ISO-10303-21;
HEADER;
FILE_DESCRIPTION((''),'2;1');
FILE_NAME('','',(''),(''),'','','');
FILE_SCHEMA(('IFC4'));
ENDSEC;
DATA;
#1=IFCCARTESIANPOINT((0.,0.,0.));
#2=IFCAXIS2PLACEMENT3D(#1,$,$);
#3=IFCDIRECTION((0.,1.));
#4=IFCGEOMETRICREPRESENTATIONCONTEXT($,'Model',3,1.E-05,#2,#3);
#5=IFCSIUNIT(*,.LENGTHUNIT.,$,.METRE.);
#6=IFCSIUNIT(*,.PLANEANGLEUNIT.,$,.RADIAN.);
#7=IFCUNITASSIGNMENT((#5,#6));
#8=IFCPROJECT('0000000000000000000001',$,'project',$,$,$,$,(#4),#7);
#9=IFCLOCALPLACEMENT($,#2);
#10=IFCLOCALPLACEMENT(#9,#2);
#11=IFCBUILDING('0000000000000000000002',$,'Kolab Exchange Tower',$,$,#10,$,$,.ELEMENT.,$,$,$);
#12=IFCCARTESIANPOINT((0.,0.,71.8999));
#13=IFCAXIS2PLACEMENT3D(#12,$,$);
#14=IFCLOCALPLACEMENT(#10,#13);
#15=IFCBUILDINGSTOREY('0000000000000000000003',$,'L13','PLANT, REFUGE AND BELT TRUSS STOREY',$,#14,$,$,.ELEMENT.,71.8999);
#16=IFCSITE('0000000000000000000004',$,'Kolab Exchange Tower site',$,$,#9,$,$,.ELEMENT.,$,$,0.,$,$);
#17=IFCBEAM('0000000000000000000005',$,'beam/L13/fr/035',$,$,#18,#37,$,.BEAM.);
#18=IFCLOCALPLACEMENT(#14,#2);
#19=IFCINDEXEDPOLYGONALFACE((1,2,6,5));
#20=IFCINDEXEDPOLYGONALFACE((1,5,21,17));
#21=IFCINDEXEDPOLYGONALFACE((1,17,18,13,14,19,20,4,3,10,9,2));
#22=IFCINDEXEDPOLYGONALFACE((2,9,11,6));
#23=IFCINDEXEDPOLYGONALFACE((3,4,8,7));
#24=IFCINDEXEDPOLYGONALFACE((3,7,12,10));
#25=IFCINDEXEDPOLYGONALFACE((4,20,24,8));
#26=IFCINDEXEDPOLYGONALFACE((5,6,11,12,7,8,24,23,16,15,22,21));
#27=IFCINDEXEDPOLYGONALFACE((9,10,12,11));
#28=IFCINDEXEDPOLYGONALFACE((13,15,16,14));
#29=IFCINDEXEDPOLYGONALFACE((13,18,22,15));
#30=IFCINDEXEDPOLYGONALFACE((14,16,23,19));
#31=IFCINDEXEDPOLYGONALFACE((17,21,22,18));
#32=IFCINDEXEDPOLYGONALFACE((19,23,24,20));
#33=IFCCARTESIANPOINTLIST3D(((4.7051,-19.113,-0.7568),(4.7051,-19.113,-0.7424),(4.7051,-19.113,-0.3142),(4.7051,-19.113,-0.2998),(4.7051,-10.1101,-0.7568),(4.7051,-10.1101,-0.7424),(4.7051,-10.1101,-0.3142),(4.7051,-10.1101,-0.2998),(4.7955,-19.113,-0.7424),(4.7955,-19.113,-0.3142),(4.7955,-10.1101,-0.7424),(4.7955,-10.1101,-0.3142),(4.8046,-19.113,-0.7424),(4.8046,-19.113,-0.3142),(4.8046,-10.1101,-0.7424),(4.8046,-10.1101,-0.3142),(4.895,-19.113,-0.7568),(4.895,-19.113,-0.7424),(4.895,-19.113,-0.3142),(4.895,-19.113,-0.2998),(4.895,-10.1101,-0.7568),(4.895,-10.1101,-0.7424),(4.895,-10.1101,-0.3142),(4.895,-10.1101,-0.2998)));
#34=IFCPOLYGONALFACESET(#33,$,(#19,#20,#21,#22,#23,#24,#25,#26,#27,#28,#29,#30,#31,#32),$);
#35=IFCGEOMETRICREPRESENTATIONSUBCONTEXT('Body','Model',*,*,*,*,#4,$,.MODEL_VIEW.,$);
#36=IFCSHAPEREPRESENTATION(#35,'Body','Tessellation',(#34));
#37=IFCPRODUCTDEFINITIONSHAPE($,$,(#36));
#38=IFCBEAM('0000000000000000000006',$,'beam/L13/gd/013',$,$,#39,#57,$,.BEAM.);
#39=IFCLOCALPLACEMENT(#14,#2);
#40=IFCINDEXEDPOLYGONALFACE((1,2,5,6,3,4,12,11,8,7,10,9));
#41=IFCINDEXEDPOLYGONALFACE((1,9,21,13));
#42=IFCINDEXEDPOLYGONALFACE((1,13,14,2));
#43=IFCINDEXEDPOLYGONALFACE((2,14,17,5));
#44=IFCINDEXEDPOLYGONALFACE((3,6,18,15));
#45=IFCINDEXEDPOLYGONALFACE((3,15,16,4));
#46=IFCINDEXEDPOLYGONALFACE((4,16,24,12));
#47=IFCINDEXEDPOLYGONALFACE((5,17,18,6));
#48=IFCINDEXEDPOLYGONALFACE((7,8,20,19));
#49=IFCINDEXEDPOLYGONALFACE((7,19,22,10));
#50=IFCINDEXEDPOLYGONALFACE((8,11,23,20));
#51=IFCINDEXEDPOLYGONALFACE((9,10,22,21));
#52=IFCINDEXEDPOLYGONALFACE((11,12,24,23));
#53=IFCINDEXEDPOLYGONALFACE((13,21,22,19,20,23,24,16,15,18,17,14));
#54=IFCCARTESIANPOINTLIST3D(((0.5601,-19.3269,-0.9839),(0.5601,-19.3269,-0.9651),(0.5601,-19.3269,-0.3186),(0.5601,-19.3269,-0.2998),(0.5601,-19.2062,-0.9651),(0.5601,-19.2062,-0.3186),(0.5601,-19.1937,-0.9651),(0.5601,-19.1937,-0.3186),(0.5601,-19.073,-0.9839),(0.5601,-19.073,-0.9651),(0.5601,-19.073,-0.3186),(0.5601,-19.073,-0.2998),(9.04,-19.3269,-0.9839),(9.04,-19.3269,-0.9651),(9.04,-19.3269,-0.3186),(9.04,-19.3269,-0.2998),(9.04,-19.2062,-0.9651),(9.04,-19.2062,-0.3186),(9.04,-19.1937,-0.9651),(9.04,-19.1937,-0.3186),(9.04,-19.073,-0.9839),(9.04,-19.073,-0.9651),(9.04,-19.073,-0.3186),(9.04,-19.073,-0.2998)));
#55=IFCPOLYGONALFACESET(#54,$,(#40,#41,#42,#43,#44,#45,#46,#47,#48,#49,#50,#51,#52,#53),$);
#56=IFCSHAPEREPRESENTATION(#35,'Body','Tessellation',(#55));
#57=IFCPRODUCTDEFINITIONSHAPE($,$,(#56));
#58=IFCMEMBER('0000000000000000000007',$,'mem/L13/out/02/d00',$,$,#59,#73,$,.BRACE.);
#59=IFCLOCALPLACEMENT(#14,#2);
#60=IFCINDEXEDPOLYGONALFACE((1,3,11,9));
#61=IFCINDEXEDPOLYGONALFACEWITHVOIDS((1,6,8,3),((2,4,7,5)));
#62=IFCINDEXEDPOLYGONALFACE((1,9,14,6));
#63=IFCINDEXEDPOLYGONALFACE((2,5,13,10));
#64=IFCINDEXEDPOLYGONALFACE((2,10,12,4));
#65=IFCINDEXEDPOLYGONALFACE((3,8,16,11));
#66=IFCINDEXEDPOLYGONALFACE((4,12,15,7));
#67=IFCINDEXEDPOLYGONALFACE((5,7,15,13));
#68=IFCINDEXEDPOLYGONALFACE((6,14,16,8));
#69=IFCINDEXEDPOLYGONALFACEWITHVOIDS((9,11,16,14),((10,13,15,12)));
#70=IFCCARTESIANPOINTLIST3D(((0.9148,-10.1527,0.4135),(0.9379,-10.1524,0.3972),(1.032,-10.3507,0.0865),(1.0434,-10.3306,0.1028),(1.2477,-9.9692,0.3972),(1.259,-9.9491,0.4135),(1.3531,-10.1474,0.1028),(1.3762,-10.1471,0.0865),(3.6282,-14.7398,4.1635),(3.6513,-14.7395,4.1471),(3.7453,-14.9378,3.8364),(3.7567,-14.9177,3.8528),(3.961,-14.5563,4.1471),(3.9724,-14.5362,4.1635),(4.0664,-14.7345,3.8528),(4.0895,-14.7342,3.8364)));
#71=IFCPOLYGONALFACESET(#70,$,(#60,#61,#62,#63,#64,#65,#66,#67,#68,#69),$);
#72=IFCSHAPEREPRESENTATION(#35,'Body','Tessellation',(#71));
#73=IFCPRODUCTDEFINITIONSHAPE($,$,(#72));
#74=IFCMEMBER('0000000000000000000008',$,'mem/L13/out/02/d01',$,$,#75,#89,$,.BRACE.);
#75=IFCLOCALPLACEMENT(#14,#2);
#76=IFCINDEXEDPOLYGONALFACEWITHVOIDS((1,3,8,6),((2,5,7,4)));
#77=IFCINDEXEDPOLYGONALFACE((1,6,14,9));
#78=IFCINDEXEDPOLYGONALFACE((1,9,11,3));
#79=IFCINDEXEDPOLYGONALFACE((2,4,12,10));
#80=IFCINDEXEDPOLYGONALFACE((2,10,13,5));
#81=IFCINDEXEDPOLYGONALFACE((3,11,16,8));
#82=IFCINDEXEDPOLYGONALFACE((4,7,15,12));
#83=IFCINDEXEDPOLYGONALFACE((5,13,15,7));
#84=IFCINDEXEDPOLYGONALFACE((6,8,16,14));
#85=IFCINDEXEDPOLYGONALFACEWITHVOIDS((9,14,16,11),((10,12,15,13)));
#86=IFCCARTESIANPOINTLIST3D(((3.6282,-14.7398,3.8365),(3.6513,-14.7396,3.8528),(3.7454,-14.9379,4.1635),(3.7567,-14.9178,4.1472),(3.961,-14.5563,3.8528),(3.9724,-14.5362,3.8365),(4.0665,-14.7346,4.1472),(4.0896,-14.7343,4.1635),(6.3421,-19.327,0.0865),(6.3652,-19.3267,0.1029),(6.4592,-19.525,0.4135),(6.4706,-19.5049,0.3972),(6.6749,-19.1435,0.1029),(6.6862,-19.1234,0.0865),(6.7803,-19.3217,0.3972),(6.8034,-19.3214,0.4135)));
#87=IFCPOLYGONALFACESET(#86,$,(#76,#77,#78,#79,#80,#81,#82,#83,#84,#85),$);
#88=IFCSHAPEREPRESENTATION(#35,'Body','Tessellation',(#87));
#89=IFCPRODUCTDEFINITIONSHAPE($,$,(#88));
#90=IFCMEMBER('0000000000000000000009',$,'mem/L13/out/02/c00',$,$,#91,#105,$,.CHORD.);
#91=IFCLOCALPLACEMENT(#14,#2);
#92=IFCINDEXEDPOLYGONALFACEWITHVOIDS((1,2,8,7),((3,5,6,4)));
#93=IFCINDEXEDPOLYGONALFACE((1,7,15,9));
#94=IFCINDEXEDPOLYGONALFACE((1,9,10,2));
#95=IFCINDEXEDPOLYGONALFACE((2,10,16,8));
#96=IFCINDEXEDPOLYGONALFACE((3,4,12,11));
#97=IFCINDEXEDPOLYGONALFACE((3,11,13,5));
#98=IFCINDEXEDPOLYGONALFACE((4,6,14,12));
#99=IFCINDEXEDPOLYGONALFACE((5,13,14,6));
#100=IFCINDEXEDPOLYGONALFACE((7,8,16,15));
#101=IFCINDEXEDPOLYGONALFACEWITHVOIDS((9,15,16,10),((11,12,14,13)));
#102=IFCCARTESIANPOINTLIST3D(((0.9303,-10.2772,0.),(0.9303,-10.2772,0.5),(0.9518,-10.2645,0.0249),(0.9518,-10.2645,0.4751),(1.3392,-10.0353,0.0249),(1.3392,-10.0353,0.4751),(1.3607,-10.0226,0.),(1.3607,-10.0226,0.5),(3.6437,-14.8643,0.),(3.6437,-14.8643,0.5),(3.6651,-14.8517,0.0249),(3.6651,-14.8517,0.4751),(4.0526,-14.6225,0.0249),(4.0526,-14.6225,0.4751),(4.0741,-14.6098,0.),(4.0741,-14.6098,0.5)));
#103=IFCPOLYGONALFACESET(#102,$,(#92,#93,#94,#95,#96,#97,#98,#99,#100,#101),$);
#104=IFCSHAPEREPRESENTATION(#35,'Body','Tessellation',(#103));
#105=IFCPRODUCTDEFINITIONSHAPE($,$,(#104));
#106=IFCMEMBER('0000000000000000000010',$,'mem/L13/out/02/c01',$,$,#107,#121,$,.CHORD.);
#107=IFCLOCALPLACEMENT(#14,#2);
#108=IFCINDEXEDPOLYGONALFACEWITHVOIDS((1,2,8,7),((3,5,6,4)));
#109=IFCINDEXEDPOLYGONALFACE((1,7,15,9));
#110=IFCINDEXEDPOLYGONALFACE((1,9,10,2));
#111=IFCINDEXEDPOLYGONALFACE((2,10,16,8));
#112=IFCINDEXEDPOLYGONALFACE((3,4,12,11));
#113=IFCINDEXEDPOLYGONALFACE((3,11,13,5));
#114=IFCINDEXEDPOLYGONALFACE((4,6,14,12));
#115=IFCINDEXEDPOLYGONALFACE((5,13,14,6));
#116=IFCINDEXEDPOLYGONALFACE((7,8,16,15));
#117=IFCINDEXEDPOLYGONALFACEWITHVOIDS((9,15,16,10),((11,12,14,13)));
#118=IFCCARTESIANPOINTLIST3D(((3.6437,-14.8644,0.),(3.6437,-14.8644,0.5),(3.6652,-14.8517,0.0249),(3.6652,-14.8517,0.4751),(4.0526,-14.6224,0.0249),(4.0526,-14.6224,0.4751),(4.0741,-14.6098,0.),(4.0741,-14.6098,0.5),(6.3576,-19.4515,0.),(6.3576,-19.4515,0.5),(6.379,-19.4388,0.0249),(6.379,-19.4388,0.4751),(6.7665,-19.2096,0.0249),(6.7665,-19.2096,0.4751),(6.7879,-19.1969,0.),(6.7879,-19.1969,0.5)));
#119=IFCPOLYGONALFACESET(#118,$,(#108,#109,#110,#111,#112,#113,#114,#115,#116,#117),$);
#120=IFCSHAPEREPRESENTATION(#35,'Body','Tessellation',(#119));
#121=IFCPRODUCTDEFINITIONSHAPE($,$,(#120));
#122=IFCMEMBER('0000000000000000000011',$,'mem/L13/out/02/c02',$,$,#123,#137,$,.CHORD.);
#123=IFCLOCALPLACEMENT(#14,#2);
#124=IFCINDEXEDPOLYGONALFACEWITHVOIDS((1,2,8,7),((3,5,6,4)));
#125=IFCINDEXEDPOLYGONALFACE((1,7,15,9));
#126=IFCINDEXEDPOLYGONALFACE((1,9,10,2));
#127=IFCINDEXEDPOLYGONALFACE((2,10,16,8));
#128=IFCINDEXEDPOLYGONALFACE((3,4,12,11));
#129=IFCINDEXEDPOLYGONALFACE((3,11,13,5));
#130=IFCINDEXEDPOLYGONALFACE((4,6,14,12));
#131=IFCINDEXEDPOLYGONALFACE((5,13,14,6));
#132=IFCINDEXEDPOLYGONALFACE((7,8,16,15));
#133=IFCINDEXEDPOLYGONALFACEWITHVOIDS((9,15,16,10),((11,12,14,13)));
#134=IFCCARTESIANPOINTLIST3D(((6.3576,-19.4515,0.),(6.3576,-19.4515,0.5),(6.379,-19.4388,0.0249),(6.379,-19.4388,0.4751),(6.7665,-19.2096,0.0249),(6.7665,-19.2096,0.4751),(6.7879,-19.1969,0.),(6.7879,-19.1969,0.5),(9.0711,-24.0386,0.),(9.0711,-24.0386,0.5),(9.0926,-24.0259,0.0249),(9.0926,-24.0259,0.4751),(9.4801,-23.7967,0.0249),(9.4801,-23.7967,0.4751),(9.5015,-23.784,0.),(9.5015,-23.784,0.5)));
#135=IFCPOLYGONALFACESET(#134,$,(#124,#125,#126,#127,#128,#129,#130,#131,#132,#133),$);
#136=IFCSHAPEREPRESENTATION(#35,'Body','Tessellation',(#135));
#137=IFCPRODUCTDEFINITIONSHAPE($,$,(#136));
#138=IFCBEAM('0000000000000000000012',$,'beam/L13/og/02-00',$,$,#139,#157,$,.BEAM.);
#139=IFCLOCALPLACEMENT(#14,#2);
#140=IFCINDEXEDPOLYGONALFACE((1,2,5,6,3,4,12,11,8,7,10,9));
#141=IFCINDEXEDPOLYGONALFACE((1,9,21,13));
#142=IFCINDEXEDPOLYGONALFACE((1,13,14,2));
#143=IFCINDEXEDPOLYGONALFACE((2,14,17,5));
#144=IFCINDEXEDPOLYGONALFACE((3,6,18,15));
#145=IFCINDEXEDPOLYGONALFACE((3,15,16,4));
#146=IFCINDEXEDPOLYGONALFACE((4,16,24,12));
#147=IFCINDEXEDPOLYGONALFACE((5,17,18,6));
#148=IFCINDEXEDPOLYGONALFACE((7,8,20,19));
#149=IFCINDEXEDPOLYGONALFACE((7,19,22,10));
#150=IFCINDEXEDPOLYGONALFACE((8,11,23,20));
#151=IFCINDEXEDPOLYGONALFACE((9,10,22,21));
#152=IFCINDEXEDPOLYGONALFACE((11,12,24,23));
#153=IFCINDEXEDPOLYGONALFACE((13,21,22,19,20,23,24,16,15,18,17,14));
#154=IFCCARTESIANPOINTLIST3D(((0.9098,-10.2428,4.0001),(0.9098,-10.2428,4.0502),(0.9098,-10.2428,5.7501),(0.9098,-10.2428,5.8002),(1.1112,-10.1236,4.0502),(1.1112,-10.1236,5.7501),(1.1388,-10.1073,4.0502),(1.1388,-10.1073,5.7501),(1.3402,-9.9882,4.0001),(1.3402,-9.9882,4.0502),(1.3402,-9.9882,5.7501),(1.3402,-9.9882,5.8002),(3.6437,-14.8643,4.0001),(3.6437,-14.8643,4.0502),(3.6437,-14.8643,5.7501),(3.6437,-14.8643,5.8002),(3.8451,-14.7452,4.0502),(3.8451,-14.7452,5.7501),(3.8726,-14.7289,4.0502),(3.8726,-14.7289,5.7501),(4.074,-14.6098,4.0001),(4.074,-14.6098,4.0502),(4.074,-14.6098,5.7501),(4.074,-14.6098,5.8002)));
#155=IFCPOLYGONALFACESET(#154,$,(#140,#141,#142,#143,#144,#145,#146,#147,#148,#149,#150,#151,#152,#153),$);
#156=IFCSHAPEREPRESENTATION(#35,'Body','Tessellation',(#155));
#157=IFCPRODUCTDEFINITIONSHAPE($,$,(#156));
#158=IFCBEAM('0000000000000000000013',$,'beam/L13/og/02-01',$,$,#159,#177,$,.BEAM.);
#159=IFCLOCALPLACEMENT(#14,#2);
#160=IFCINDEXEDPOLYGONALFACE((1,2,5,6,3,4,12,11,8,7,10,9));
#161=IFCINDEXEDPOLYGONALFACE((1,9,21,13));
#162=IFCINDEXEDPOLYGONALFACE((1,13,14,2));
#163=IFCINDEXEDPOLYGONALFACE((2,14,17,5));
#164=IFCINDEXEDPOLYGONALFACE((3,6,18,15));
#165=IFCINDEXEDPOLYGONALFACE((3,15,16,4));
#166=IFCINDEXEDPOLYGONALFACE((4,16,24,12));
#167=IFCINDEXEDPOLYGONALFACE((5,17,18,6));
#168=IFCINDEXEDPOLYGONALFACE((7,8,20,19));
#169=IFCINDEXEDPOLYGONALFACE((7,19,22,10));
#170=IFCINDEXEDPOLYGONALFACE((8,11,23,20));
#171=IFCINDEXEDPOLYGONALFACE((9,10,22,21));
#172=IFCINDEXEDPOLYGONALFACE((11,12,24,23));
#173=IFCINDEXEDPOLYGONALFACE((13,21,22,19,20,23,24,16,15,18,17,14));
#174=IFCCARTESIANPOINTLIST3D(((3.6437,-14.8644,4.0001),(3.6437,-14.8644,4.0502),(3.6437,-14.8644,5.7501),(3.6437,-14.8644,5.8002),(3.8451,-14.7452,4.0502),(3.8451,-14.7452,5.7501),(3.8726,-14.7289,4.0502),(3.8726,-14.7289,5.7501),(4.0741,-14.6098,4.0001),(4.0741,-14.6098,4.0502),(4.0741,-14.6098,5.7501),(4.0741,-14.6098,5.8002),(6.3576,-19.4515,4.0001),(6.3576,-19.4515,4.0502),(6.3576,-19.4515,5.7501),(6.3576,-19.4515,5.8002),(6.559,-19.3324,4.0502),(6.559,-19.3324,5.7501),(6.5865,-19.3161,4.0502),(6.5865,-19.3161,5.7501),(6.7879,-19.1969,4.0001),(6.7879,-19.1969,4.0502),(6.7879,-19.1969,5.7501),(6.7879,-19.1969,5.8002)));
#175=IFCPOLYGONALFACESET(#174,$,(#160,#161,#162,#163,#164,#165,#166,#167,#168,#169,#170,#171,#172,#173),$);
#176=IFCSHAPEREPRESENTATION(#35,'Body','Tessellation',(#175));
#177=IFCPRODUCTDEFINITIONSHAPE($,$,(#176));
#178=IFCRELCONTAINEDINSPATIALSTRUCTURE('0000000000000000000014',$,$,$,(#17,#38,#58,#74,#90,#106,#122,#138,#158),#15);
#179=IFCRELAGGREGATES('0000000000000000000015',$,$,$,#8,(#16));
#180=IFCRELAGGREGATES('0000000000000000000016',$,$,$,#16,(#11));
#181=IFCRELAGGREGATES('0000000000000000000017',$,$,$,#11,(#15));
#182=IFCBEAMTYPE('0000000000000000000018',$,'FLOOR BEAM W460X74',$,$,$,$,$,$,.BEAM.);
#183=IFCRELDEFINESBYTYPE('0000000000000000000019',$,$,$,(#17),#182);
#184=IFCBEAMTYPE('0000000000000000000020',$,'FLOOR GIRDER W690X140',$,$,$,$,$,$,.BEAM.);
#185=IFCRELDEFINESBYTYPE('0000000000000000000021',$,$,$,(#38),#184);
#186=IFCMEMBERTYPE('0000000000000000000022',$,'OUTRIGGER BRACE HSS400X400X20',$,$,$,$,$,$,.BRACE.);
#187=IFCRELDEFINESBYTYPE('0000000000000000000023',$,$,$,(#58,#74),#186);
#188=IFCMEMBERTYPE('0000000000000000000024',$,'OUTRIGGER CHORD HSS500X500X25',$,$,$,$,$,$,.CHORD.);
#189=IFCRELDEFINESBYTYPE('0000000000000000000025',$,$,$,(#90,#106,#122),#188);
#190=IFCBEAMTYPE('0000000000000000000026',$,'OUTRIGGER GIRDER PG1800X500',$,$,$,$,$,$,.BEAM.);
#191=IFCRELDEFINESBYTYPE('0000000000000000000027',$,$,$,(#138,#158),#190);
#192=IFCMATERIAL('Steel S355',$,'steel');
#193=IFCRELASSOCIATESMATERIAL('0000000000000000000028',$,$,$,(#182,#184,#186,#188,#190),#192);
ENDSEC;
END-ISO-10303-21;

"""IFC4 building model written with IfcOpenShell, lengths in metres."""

from ifc_helpers import new_model, si_unit, direction, frame, origin, origin_2d, place, context, subcontext, project, spatial, hollow_rectangle, i_section, extrude, material, material_profile, profile_set, type_object, element, save


model = new_model("IFC4")

# Units and contexts
model_context = context("Model", 3, precision=1e-05, world=origin(), true_north=direction((0.0, 1.0)))
body_context = subcontext(model_context, "Body", "Model", "MODEL_VIEW")
ifc_project = project(units=[si_unit("LENGTHUNIT", "METRE"), si_unit("PLANEANGLEUNIT", "RADIAN")], contexts=[model_context])

# Site, building, storey
site_placement = place(None, origin())
site = spatial("IfcSite", under=ifc_project, at=site_placement, Name="Kolab Exchange Tower site", CompositionType="ELEMENT", RefElevation=0.0)
building_placement = place(site_placement, origin())
building = spatial("IfcBuilding", under=site, at=building_placement, Name="Kolab Exchange Tower", CompositionType="ELEMENT")
storey_placement = place(building_placement, frame((0.0, 0.0, 71.8999)))
storey = spatial("IfcBuildingStorey", under=building, at=storey_placement, Name="L13", Description="PLANT, REFUGE AND BELT TRUSS STOREY", CompositionType="ELEMENT", Elevation=71.8999)

# Beams
ifc_material_1 = material(Name="Steel S355", Category="steel")
ifc_material_profile_1 = material_profile(ifc_material_1, i_section(OverallWidth=0.1899, OverallDepth=0.457, WebThickness=0.009, FlangeThickness=0.0144, at=origin_2d()), Name="W460X74")
ifc_profile_set_1 = profile_set([ifc_material_profile_1], Name="Steel S355")
beam_type_1 = type_object("IfcBeamType", Name="FLOOR BEAM W460X74", PredefinedType="BEAM", material=ifc_profile_set_1)
beam_1_placement = place(storey_placement, frame((4.8, -19.113, -0.5283), z_axis=(0.0, 1.0, 0.0), x_axis=(-1.0, 0.0, 0.0)))
element("IfcBeam", 1, at=beam_1_placement, inside=storey, type_object=beam_type_1, Name="beam/L13/fr/035", PredefinedType="BEAM", context=body_context, shape_type="SweptSolid", body=[
    extrude(i_section(OverallWidth=0.1899, OverallDepth=0.457, WebThickness=0.009, FlangeThickness=0.0144, at=origin_2d()), origin(), (0.0, 0.0, 1.0), 9.0029),
])
ifc_material_profile_2 = material_profile(ifc_material_1, i_section(OverallWidth=0.2539, OverallDepth=0.6841, WebThickness=0.0125, FlangeThickness=0.0188, at=origin_2d()), Name="W690X140")
ifc_profile_set_2 = profile_set([ifc_material_profile_2], Name="Steel S355")
beam_type_2 = type_object("IfcBeamType", Name="FLOOR GIRDER W690X140", PredefinedType="BEAM", material=ifc_profile_set_2)
beam_2_placement = place(storey_placement, frame((0.5601, -19.2, -0.6418), z_axis=(1.0, 0.0, 0.0), x_axis=(0.0, 1.0, 0.0)))
element("IfcBeam", 2, at=beam_2_placement, inside=storey, type_object=beam_type_2, Name="beam/L13/gd/013", PredefinedType="BEAM", context=body_context, shape_type="SweptSolid", body=[
    extrude(i_section(OverallWidth=0.2539, OverallDepth=0.6841, WebThickness=0.0125, FlangeThickness=0.0188, at=origin_2d()), origin(), (0.0, 0.0, 1.0), 8.48),
])

# Members
ifc_material_profile_3 = material_profile(ifc_material_1, hollow_rectangle(XDim=0.3999, YDim=0.3999, WallThickness=0.02, at=origin_2d()), Name="HSS400X400X20")
ifc_profile_set_3 = profile_set([ifc_material_profile_3], Name="Steel S355")
member_type_1 = type_object("IfcMemberType", Name="OUTRIGGER BRACE HSS400X400X20", PredefinedType="BRACE", material=ifc_profile_set_3)
member_1_placement = place(storey_placement, frame((1.1455, -10.1499, 0.25), z_axis=(0.416375, -0.703912, 0.575448), x_axis=(0.860698, 0.509117, 0.0)))
element("IfcMember", 3, at=member_1_placement, inside=storey, type_object=member_type_1, Name="mem/L13/out/02/d00", PredefinedType="BRACE", context=body_context, shape_type="SweptSolid", body=[
    extrude(hollow_rectangle(XDim=0.3999, YDim=0.3999, WallThickness=0.02, at=origin_2d()), origin(), (0.0, 0.0, 1.0), 6.5166),
])
member_2_placement = place(storey_placement, frame((3.8589, -14.7371, 4.0), z_axis=(0.416437, -0.70389, -0.57543), x_axis=(0.860657, 0.509184, 0.0)))
element("IfcMember", 4, at=member_2_placement, inside=storey, type_object=member_type_1, Name="mem/L13/out/02/d01", PredefinedType="BRACE", context=body_context, shape_type="SweptSolid", body=[
    extrude(hollow_rectangle(XDim=0.3999, YDim=0.3999, WallThickness=0.02, at=origin_2d()), origin(), (0.0, 0.0, 1.0), 6.5168),
])
ifc_material_profile_4 = material_profile(ifc_material_1, hollow_rectangle(XDim=0.5, YDim=0.5, WallThickness=0.0249, at=origin_2d()), Name="HSS500X500X25")
ifc_profile_set_4 = profile_set([ifc_material_profile_4], Name="Steel S355")
member_type_2 = type_object("IfcMemberType", Name="OUTRIGGER CHORD HSS500X500X25", PredefinedType="CHORD", material=ifc_profile_set_4)
member_3_placement = place(storey_placement, frame((1.1455, -10.1499, 0.25), z_axis=(0.509117, -0.860698, 0.0), x_axis=(0.860698, 0.509117, 0.0)))
element("IfcMember", 5, at=member_3_placement, inside=storey, type_object=member_type_2, Name="mem/L13/out/02/c00", PredefinedType="CHORD", context=body_context, shape_type="SweptSolid", body=[
    extrude(hollow_rectangle(XDim=0.5, YDim=0.5, WallThickness=0.0249, at=origin_2d()), origin(), (0.0, 0.0, 1.0), 5.3296),
])
member_4_placement = place(storey_placement, frame((3.8589, -14.7371, 0.25), z_axis=(0.509184, -0.860657, 0.0), x_axis=(0.860657, 0.509184, 0.0)))
element("IfcMember", 6, at=member_4_placement, inside=storey, type_object=member_type_2, Name="mem/L13/out/02/c01", PredefinedType="CHORD", context=body_context, shape_type="SweptSolid", body=[
    extrude(hollow_rectangle(XDim=0.5, YDim=0.5, WallThickness=0.0249, at=origin_2d()), origin(), (0.0, 0.0, 1.0), 5.3298),
])
member_5_placement = place(storey_placement, frame((6.5728, -19.3242, 0.25), z_axis=(0.509151, -0.860677, 0.0), x_axis=(0.860677, 0.509151, 0.0)))
element("IfcMember", 7, at=member_5_placement, inside=storey, type_object=member_type_2, Name="mem/L13/out/02/c02", PredefinedType="CHORD", context=body_context, shape_type="SweptSolid", body=[
    extrude(hollow_rectangle(XDim=0.5, YDim=0.5, WallThickness=0.0249, at=origin_2d()), origin(), (0.0, 0.0, 1.0), 5.3296),
])

# Beams
ifc_material_profile_5 = material_profile(ifc_material_1, i_section(OverallWidth=0.5, OverallDepth=1.8, WebThickness=0.032, FlangeThickness=0.05, at=origin_2d()), Name="PG1800X500")
ifc_profile_set_5 = profile_set([ifc_material_profile_5], Name="Steel S355")
beam_type_3 = type_object("IfcBeamType", Name="OUTRIGGER GIRDER PG1800X500", PredefinedType="BEAM", material=ifc_profile_set_5)
beam_3_placement = place(storey_placement, frame((1.125, -10.1155, 4.9001), z_axis=(0.509137, -0.860686, 0.0), x_axis=(0.860686, 0.509137, 0.0)))
element("IfcBeam", 8, at=beam_3_placement, inside=storey, type_object=beam_type_3, Name="beam/L13/og/02-00", PredefinedType="BEAM", context=body_context, shape_type="SweptSolid", body=[
    extrude(i_section(OverallWidth=0.5, OverallDepth=1.8, WebThickness=0.032, FlangeThickness=0.05, at=origin_2d()), origin(), (0.0, 0.0, 1.0), 5.3696),
])
beam_4_placement = place(storey_placement, frame((3.8589, -14.7371, 4.9001), z_axis=(0.509184, -0.860657, 0.0), x_axis=(0.860657, 0.509184, 0.0)))
element("IfcBeam", 9, at=beam_4_placement, inside=storey, type_object=beam_type_3, Name="beam/L13/og/02-01", PredefinedType="BEAM", context=body_context, shape_type="SweptSolid", body=[
    extrude(i_section(OverallWidth=0.5, OverallDepth=1.8, WebThickness=0.032, FlangeThickness=0.05, at=origin_2d()), origin(), (0.0, 0.0, 1.0), 5.3298),
])

save(model, "model.ifc")
